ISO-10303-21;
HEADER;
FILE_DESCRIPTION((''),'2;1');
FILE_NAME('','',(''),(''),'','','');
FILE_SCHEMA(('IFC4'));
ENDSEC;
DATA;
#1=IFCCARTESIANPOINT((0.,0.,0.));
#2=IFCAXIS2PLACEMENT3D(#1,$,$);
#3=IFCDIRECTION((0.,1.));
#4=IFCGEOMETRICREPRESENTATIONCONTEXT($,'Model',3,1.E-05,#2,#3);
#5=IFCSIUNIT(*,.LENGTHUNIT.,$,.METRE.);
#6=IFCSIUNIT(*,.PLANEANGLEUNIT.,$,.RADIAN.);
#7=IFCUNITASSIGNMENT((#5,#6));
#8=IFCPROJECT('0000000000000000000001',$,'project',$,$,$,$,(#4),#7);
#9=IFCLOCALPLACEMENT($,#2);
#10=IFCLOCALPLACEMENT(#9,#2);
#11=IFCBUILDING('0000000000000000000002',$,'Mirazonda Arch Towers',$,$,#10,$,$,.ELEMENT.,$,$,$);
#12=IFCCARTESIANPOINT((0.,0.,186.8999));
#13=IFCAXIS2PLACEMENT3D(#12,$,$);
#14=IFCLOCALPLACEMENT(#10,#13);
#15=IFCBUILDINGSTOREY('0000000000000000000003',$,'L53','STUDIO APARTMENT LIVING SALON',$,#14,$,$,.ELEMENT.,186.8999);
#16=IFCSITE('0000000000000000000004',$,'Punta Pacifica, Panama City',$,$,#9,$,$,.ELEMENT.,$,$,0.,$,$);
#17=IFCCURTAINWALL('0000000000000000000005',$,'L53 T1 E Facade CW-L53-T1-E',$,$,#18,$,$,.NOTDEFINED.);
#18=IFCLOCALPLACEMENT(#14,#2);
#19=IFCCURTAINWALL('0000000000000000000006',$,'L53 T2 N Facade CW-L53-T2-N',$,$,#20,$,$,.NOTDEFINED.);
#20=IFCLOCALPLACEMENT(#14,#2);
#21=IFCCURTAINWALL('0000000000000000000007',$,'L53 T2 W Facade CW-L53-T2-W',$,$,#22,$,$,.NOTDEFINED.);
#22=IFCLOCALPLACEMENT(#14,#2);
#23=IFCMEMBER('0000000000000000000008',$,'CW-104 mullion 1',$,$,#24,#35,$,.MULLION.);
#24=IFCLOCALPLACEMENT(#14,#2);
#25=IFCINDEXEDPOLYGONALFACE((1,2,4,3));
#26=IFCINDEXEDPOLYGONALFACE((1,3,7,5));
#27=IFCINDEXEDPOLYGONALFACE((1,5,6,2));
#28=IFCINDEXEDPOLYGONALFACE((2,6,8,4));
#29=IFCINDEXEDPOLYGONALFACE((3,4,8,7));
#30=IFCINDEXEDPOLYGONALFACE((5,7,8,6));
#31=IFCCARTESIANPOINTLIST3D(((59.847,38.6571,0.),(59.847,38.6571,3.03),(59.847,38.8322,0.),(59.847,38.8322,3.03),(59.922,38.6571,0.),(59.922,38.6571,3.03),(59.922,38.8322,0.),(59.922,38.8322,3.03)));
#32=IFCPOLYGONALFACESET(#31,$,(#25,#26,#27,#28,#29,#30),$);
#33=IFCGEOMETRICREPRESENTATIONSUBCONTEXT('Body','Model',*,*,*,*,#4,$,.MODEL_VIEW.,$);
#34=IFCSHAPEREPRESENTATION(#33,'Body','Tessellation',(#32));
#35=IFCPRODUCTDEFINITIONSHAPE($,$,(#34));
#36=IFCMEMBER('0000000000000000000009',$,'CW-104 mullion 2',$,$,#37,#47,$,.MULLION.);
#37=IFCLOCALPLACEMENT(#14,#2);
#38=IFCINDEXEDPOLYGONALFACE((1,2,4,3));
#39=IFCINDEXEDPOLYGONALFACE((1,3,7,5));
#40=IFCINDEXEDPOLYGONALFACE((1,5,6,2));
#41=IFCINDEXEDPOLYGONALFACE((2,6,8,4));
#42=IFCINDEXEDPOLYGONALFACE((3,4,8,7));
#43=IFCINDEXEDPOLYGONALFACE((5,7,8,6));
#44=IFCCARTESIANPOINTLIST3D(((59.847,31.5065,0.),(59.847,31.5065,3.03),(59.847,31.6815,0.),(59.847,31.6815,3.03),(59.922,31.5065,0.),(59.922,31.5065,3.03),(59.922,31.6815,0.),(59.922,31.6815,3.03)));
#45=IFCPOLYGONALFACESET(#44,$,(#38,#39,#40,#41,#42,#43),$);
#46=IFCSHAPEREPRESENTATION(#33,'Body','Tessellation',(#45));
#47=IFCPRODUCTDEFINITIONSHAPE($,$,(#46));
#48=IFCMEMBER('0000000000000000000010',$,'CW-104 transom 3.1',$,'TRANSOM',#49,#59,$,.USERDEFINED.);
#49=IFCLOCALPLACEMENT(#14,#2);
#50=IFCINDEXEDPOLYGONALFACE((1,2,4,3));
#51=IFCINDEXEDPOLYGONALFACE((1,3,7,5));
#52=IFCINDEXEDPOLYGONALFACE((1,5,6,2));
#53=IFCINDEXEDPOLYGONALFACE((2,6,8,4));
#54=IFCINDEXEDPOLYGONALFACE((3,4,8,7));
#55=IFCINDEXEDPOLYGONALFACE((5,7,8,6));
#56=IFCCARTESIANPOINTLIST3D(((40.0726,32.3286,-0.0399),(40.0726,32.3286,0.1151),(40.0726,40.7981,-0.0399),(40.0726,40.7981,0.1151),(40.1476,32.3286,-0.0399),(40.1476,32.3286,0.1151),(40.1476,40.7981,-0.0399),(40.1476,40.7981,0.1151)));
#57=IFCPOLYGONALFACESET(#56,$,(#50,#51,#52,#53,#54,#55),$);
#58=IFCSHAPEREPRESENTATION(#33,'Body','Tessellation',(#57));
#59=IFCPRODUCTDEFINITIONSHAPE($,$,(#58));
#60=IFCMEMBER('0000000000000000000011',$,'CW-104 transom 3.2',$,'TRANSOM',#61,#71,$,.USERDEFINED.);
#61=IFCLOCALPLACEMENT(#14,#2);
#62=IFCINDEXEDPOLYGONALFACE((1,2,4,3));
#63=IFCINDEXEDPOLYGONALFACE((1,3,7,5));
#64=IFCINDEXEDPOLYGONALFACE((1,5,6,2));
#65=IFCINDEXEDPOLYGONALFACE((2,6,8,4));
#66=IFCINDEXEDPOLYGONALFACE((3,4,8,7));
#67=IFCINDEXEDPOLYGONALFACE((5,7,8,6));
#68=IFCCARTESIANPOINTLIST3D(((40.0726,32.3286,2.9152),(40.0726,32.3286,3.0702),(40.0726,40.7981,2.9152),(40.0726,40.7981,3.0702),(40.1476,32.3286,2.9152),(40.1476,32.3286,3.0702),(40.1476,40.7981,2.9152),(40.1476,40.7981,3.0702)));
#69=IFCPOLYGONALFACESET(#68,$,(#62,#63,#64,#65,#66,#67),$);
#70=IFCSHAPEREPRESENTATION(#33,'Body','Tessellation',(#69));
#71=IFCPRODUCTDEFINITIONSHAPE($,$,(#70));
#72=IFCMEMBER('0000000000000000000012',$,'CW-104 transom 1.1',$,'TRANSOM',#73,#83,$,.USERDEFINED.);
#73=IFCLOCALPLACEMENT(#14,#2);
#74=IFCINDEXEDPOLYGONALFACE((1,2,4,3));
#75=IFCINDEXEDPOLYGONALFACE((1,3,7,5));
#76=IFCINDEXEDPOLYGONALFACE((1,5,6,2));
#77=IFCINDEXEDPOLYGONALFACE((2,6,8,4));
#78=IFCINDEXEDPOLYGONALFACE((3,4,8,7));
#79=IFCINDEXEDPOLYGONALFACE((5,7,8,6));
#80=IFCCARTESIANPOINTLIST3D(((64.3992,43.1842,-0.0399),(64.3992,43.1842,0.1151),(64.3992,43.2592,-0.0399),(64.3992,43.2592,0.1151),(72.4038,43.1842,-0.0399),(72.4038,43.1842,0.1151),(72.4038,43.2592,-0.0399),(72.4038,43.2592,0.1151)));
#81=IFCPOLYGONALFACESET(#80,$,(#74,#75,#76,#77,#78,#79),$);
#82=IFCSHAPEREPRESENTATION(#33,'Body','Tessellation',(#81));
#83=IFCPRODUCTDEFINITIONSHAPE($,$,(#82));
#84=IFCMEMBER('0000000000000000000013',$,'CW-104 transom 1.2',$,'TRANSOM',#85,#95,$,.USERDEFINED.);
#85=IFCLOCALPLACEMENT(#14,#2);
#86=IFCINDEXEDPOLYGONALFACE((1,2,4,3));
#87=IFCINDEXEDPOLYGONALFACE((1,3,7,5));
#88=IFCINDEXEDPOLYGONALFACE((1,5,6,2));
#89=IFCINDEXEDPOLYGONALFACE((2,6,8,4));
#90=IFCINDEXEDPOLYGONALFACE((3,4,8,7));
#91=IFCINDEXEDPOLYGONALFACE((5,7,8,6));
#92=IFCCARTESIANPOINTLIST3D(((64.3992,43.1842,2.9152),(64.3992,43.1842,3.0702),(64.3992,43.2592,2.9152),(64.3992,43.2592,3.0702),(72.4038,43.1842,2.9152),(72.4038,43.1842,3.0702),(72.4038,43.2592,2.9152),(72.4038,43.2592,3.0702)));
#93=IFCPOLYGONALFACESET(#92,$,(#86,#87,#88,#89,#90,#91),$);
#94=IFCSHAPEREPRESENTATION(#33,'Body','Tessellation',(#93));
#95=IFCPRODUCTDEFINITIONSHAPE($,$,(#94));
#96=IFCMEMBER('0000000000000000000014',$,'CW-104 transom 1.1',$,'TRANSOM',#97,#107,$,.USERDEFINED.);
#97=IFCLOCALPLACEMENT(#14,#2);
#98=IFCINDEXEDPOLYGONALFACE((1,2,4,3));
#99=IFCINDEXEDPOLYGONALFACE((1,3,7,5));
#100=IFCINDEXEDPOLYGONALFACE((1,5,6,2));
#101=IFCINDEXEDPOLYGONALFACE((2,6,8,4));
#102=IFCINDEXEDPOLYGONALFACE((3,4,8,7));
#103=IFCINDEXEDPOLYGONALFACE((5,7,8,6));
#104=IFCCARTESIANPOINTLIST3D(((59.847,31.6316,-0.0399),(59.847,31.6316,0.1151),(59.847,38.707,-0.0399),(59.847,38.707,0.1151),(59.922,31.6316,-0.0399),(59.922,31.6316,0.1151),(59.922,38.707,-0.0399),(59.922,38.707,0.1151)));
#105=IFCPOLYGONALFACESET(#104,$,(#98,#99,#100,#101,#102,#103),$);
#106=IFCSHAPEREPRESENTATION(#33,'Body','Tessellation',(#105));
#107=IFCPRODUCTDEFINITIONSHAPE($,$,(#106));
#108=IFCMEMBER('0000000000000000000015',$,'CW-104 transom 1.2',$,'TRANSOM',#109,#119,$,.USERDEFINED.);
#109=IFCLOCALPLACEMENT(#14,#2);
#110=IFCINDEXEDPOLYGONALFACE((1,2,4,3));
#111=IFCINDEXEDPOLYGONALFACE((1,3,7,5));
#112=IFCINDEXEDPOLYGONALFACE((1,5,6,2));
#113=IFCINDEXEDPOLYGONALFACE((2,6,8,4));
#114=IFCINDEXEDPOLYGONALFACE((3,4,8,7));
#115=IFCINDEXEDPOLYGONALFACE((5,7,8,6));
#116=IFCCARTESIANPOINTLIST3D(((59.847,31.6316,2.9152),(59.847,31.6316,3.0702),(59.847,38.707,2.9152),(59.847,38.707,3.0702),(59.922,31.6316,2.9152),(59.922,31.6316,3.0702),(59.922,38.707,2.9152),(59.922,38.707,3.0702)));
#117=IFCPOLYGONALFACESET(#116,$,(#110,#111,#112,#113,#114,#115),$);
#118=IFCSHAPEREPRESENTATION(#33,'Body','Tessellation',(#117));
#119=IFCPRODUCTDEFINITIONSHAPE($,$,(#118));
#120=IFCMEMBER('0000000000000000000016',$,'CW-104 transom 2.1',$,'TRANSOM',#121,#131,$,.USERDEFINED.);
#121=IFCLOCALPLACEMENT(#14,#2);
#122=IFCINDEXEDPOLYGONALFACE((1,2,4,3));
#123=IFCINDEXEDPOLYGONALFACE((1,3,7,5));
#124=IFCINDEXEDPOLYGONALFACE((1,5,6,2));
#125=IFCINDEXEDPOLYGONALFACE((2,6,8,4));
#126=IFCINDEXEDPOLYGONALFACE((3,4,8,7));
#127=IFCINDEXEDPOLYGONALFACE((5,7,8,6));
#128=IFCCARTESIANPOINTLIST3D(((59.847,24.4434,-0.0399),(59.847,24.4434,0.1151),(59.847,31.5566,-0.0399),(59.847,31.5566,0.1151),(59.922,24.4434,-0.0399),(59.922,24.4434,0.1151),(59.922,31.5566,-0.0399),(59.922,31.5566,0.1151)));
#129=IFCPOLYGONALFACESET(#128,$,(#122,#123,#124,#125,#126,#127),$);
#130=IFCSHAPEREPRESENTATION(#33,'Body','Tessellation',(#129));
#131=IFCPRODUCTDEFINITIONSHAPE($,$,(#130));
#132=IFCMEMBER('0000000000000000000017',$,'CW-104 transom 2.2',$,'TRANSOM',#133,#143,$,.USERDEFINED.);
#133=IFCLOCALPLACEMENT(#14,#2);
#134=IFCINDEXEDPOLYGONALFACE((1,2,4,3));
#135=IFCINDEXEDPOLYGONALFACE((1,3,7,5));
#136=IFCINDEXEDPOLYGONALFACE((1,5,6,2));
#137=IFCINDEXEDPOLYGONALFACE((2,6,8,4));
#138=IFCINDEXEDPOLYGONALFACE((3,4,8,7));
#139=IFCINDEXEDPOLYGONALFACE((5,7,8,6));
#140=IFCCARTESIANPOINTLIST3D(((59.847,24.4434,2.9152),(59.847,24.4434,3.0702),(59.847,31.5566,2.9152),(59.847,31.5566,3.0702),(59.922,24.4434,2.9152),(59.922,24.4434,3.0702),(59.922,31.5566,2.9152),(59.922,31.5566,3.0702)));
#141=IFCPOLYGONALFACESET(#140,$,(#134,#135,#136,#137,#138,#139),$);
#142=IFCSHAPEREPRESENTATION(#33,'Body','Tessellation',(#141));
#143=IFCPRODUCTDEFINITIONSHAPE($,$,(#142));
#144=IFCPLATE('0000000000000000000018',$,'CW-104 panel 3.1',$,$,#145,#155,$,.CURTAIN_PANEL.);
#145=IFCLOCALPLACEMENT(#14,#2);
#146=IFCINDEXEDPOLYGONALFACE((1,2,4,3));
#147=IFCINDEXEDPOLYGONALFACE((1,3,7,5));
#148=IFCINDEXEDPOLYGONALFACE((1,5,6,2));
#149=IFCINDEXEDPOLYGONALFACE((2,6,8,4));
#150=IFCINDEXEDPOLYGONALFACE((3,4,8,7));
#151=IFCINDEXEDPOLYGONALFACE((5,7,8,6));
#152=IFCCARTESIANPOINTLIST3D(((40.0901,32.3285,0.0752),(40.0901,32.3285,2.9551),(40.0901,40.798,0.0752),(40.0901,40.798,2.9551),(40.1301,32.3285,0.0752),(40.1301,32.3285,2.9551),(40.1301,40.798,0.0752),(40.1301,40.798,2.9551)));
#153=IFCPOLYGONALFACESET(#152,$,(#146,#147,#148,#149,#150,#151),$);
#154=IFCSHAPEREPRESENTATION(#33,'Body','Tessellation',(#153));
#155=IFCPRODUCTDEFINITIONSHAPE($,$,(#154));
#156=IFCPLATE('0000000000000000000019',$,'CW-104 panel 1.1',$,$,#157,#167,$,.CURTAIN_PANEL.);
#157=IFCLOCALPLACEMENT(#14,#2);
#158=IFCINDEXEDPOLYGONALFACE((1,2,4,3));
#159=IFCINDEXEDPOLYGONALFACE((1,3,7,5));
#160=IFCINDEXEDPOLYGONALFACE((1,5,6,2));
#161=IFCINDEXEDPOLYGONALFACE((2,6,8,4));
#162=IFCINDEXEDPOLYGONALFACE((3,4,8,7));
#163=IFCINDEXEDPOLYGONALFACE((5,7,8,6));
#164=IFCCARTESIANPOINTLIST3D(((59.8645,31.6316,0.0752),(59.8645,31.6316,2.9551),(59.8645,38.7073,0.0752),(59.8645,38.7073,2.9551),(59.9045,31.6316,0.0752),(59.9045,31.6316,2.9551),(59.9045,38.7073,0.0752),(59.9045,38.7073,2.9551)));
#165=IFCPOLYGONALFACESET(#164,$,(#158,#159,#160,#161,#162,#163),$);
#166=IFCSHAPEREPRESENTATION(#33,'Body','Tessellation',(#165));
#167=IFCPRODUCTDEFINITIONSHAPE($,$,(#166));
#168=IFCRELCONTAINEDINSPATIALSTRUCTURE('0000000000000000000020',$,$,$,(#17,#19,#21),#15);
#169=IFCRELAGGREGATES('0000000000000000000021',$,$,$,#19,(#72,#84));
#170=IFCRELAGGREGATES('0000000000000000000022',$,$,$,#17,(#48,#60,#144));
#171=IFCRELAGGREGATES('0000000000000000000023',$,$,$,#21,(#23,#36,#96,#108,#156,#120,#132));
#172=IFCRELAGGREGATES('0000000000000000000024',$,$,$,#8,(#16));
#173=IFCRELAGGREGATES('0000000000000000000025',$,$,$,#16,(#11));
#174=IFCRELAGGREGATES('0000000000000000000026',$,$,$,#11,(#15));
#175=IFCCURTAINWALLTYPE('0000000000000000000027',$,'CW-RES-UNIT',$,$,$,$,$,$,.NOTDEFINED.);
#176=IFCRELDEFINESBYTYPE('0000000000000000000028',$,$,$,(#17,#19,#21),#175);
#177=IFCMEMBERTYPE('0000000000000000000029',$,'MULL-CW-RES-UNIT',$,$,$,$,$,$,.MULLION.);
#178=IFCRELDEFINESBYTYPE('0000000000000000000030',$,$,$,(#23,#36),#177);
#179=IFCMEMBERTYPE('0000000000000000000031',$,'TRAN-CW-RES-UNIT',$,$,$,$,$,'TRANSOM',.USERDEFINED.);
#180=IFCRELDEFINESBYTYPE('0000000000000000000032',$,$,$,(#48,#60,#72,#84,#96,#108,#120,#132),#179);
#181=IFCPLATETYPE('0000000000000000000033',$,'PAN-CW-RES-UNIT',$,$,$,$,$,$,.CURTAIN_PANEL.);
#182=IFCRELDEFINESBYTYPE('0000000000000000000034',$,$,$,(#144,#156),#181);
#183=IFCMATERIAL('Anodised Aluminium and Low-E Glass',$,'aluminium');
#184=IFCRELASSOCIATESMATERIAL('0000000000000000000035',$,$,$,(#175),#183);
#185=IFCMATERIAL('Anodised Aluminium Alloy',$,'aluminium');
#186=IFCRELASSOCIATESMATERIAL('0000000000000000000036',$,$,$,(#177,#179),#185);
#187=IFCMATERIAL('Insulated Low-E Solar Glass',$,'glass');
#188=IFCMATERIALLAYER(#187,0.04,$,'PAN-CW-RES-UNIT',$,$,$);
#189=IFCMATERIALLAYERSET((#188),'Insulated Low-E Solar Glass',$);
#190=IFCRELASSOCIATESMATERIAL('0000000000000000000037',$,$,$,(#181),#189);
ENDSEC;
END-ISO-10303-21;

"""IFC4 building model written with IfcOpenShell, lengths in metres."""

from ifc_helpers import new_model, si_unit, direction, frame, origin, origin_2d, place, context, subcontext, project, spatial, rectangle, extrude, material, layer, layer_set, material_profile, profile_set, type_object, element, aggregate, save


model = new_model("IFC4")

# Units and contexts
model_context = context("Model", 3, precision=1e-05, world=origin(), true_north=direction((0.0, 1.0)))
body_context = subcontext(model_context, "Body", "Model", "MODEL_VIEW")
ifc_project = project(units=[si_unit("LENGTHUNIT", "METRE"), si_unit("PLANEANGLEUNIT", "RADIAN")], contexts=[model_context])

# Site, building, storey
site_placement = place(None, origin())
site = spatial("IfcSite", under=ifc_project, at=site_placement, Name="Punta Pacifica, Panama City", CompositionType="ELEMENT", RefElevation=0.0)
building_placement = place(site_placement, origin())
building = spatial("IfcBuilding", under=site, at=building_placement, Name="Mirazonda Arch Towers", CompositionType="ELEMENT")
storey_placement = place(building_placement, frame((0.0, 0.0, 186.8999)))
storey = spatial("IfcBuildingStorey", under=building, at=storey_placement, Name="L53", Description="STUDIO APARTMENT LIVING SALON", CompositionType="ELEMENT", Elevation=186.8999)

# Curtain wall
ifc_material_1 = material(Name="Anodised Aluminium and Low-E Glass", Category="aluminium")
curtain_wall_type = type_object("IfcCurtainWallType", Name="CW-RES-UNIT", PredefinedType="NOTDEFINED", material=ifc_material_1)
curtain_wall_1_placement = place(storey_placement, origin())
curtain_wall_1 = element("IfcCurtainWall", 1, at=curtain_wall_1_placement, inside=storey, type_object=curtain_wall_type, Name="L53 T1 E Facade CW-L53-T1-E", PredefinedType="NOTDEFINED")
ifc_material_2 = material(Name="Anodised Aluminium Alloy", Category="aluminium")
ifc_material_profile_1 = material_profile(ifc_material_2, rectangle(XDim=0.075, YDim=0.175, at=origin_2d()), Name="ALU-MULL-75x175")
ifc_profile_set_1 = profile_set([ifc_material_profile_1], Name="Anodised Aluminium Alloy")
member_type_1 = type_object("IfcMemberType", Name="MULL-CW-RES-UNIT", PredefinedType="MULLION", material=ifc_profile_set_1)

# Curtain wall
curtain_wall_2_placement = place(storey_placement, origin())
curtain_wall_2 = element("IfcCurtainWall", 2, at=curtain_wall_2_placement, inside=storey, type_object=curtain_wall_type, Name="L53 T2 N Facade CW-L53-T2-N", PredefinedType="NOTDEFINED")

# Curtain wall, members
curtain_wall_3_placement = place(storey_placement, origin())
curtain_wall_3 = element("IfcCurtainWall", 3, at=curtain_wall_3_placement, inside=storey, type_object=curtain_wall_type, Name="L53 T2 W Facade CW-L53-T2-W", PredefinedType="NOTDEFINED")
member_1_placement = place(storey_placement, frame((59.8845, 38.7446, 0.0), z_axis=(0.0, 0.0, 1.0), x_axis=(1.0, 0.0, 0.0)))
member_1 = element("IfcMember", 4, at=member_1_placement, type_object=member_type_1, Name="CW-104 mullion 1", PredefinedType="MULLION", context=body_context, shape_type="SweptSolid", body=[
    extrude(rectangle(XDim=0.075, YDim=0.175, at=origin_2d()), origin(), (0.0, 0.0, 1.0), 3.03),
])
member_2_placement = place(storey_placement, frame((59.8845, 31.594, 0.0), z_axis=(0.0, 0.0, 1.0), x_axis=(1.0, 0.0, 0.0)))
member_2 = element("IfcMember", 5, at=member_2_placement, type_object=member_type_1, Name="CW-104 mullion 2", PredefinedType="MULLION", context=body_context, shape_type="SweptSolid", body=[
    extrude(rectangle(XDim=0.075, YDim=0.175, at=origin_2d()), origin(), (0.0, 0.0, 1.0), 3.03),
])

# Members
ifc_material_profile_2 = material_profile(ifc_material_2, rectangle(XDim=0.075, YDim=0.155, at=origin_2d()), Name="ALU-TRAN-75x155")
ifc_profile_set_2 = profile_set([ifc_material_profile_2], Name="Anodised Aluminium Alloy")
member_type_2 = type_object("IfcMemberType", Name="TRAN-CW-RES-UNIT", ElementType="TRANSOM", PredefinedType="USERDEFINED", material=ifc_profile_set_2)
member_3_placement = place(storey_placement, frame((40.1101, 32.3286, 0.0376), z_axis=(0.0, 1.0, 0.0), x_axis=(-1.0, 0.0, 0.0)))
member_3 = element("IfcMember", 6, at=member_3_placement, type_object=member_type_2, Name="CW-104 transom 3.1", ObjectType="TRANSOM", PredefinedType="USERDEFINED", context=body_context, shape_type="SweptSolid", body=[
    extrude(rectangle(XDim=0.075, YDim=0.155, at=origin_2d()), origin(), (0.0, 0.0, 1.0), 8.4695),
])
member_4_placement = place(storey_placement, frame((40.1101, 32.3286, 2.9927), z_axis=(0.0, 1.0, 0.0), x_axis=(-1.0, 0.0, 0.0)))
member_4 = element("IfcMember", 7, at=member_4_placement, type_object=member_type_2, Name="CW-104 transom 3.2", ObjectType="TRANSOM", PredefinedType="USERDEFINED", context=body_context, shape_type="SweptSolid", body=[
    extrude(rectangle(XDim=0.075, YDim=0.155, at=origin_2d()), origin(), (0.0, 0.0, 1.0), 8.4695),
])
member_5_placement = place(storey_placement, frame((64.3992, 43.2217, 0.0376), z_axis=(1.0, 0.0, 0.0), x_axis=(0.0, 1.0, 0.0)))
member_5 = element("IfcMember", 8, at=member_5_placement, type_object=member_type_2, Name="CW-104 transom 1.1", ObjectType="TRANSOM", PredefinedType="USERDEFINED", context=body_context, shape_type="SweptSolid", body=[
    extrude(rectangle(XDim=0.075, YDim=0.155, at=origin_2d()), origin(), (0.0, 0.0, 1.0), 8.0046),
])
member_6_placement = place(storey_placement, frame((64.3992, 43.2217, 2.9927), z_axis=(1.0, 0.0, 0.0), x_axis=(0.0, 1.0, 0.0)))
member_6 = element("IfcMember", 9, at=member_6_placement, type_object=member_type_2, Name="CW-104 transom 1.2", ObjectType="TRANSOM", PredefinedType="USERDEFINED", context=body_context, shape_type="SweptSolid", body=[
    extrude(rectangle(XDim=0.075, YDim=0.155, at=origin_2d()), origin(), (0.0, 0.0, 1.0), 8.0046),
])
aggregate(curtain_wall_2, [member_5, member_6])
member_7_placement = place(storey_placement, frame((59.8845, 38.707, 0.0376), z_axis=(0.0, -1.0, 0.0), x_axis=(1.0, 0.0, 0.0)))
member_7 = element("IfcMember", 10, at=member_7_placement, type_object=member_type_2, Name="CW-104 transom 1.1", ObjectType="TRANSOM", PredefinedType="USERDEFINED", context=body_context, shape_type="SweptSolid", body=[
    extrude(rectangle(XDim=0.075, YDim=0.155, at=origin_2d()), origin(), (0.0, 0.0, 1.0), 7.0754),
])
member_8_placement = place(storey_placement, frame((59.8845, 38.707, 2.9927), z_axis=(0.0, -1.0, 0.0), x_axis=(1.0, 0.0, 0.0)))
member_8 = element("IfcMember", 11, at=member_8_placement, type_object=member_type_2, Name="CW-104 transom 1.2", ObjectType="TRANSOM", PredefinedType="USERDEFINED", context=body_context, shape_type="SweptSolid", body=[
    extrude(rectangle(XDim=0.075, YDim=0.155, at=origin_2d()), origin(), (0.0, 0.0, 1.0), 7.0754),
])
member_9_placement = place(storey_placement, frame((59.8845, 31.5566, 0.0376), z_axis=(0.0, -1.0, 0.0), x_axis=(1.0, 0.0, 0.0)))
member_9 = element("IfcMember", 12, at=member_9_placement, type_object=member_type_2, Name="CW-104 transom 2.1", ObjectType="TRANSOM", PredefinedType="USERDEFINED", context=body_context, shape_type="SweptSolid", body=[
    extrude(rectangle(XDim=0.075, YDim=0.155, at=origin_2d()), origin(), (0.0, 0.0, 1.0), 7.1133),
])
member_10_placement = place(storey_placement, frame((59.8845, 31.5566, 2.9927), z_axis=(0.0, -1.0, 0.0), x_axis=(1.0, 0.0, 0.0)))
member_10 = element("IfcMember", 13, at=member_10_placement, type_object=member_type_2, Name="CW-104 transom 2.2", ObjectType="TRANSOM", PredefinedType="USERDEFINED", context=body_context, shape_type="SweptSolid", body=[
    extrude(rectangle(XDim=0.075, YDim=0.155, at=origin_2d()), origin(), (0.0, 0.0, 1.0), 7.1133),
])

# Plates
ifc_material_3 = material(Name="Insulated Low-E Solar Glass", Category="glass")
ifc_layer_1 = layer(ifc_material_3, 0.04, Name="PAN-CW-RES-UNIT")
ifc_layer_set_1 = layer_set([ifc_layer_1], Name="Insulated Low-E Solar Glass")
plate_type = type_object("IfcPlateType", Name="PAN-CW-RES-UNIT", PredefinedType="CURTAIN_PANEL", material=ifc_layer_set_1)
plate_1_placement = place(storey_placement, frame((40.1101, 36.5632, 0.0752), z_axis=(0.0, 0.0, 1.0), x_axis=(0.0, 1.0, 0.0)))
plate_1 = element("IfcPlate", 14, at=plate_1_placement, type_object=plate_type, Name="CW-104 panel 3.1", PredefinedType="CURTAIN_PANEL", context=body_context, shape_type="SweptSolid", body=[
    extrude(rectangle(XDim=8.4695, YDim=0.04, at=origin_2d()), origin(), (0.0, 0.0, 1.0), 2.8799),
])
aggregate(curtain_wall_1, [member_3, member_4, plate_1])
plate_2_placement = place(storey_placement, frame((59.8845, 35.1694, 0.0752), z_axis=(0.0, 0.0, 1.0), x_axis=(0.0, -1.0, 0.0)))
plate_2 = element("IfcPlate", 15, at=plate_2_placement, type_object=plate_type, Name="CW-104 panel 1.1", PredefinedType="CURTAIN_PANEL", context=body_context, shape_type="SweptSolid", body=[
    extrude(rectangle(XDim=7.0757, YDim=0.04, at=origin_2d()), origin(), (0.0, 0.0, 1.0), 2.8799),
])
aggregate(curtain_wall_3, [member_1, member_2, member_7, member_8, plate_2, member_9, member_10])

save(model, "model.ifc")
